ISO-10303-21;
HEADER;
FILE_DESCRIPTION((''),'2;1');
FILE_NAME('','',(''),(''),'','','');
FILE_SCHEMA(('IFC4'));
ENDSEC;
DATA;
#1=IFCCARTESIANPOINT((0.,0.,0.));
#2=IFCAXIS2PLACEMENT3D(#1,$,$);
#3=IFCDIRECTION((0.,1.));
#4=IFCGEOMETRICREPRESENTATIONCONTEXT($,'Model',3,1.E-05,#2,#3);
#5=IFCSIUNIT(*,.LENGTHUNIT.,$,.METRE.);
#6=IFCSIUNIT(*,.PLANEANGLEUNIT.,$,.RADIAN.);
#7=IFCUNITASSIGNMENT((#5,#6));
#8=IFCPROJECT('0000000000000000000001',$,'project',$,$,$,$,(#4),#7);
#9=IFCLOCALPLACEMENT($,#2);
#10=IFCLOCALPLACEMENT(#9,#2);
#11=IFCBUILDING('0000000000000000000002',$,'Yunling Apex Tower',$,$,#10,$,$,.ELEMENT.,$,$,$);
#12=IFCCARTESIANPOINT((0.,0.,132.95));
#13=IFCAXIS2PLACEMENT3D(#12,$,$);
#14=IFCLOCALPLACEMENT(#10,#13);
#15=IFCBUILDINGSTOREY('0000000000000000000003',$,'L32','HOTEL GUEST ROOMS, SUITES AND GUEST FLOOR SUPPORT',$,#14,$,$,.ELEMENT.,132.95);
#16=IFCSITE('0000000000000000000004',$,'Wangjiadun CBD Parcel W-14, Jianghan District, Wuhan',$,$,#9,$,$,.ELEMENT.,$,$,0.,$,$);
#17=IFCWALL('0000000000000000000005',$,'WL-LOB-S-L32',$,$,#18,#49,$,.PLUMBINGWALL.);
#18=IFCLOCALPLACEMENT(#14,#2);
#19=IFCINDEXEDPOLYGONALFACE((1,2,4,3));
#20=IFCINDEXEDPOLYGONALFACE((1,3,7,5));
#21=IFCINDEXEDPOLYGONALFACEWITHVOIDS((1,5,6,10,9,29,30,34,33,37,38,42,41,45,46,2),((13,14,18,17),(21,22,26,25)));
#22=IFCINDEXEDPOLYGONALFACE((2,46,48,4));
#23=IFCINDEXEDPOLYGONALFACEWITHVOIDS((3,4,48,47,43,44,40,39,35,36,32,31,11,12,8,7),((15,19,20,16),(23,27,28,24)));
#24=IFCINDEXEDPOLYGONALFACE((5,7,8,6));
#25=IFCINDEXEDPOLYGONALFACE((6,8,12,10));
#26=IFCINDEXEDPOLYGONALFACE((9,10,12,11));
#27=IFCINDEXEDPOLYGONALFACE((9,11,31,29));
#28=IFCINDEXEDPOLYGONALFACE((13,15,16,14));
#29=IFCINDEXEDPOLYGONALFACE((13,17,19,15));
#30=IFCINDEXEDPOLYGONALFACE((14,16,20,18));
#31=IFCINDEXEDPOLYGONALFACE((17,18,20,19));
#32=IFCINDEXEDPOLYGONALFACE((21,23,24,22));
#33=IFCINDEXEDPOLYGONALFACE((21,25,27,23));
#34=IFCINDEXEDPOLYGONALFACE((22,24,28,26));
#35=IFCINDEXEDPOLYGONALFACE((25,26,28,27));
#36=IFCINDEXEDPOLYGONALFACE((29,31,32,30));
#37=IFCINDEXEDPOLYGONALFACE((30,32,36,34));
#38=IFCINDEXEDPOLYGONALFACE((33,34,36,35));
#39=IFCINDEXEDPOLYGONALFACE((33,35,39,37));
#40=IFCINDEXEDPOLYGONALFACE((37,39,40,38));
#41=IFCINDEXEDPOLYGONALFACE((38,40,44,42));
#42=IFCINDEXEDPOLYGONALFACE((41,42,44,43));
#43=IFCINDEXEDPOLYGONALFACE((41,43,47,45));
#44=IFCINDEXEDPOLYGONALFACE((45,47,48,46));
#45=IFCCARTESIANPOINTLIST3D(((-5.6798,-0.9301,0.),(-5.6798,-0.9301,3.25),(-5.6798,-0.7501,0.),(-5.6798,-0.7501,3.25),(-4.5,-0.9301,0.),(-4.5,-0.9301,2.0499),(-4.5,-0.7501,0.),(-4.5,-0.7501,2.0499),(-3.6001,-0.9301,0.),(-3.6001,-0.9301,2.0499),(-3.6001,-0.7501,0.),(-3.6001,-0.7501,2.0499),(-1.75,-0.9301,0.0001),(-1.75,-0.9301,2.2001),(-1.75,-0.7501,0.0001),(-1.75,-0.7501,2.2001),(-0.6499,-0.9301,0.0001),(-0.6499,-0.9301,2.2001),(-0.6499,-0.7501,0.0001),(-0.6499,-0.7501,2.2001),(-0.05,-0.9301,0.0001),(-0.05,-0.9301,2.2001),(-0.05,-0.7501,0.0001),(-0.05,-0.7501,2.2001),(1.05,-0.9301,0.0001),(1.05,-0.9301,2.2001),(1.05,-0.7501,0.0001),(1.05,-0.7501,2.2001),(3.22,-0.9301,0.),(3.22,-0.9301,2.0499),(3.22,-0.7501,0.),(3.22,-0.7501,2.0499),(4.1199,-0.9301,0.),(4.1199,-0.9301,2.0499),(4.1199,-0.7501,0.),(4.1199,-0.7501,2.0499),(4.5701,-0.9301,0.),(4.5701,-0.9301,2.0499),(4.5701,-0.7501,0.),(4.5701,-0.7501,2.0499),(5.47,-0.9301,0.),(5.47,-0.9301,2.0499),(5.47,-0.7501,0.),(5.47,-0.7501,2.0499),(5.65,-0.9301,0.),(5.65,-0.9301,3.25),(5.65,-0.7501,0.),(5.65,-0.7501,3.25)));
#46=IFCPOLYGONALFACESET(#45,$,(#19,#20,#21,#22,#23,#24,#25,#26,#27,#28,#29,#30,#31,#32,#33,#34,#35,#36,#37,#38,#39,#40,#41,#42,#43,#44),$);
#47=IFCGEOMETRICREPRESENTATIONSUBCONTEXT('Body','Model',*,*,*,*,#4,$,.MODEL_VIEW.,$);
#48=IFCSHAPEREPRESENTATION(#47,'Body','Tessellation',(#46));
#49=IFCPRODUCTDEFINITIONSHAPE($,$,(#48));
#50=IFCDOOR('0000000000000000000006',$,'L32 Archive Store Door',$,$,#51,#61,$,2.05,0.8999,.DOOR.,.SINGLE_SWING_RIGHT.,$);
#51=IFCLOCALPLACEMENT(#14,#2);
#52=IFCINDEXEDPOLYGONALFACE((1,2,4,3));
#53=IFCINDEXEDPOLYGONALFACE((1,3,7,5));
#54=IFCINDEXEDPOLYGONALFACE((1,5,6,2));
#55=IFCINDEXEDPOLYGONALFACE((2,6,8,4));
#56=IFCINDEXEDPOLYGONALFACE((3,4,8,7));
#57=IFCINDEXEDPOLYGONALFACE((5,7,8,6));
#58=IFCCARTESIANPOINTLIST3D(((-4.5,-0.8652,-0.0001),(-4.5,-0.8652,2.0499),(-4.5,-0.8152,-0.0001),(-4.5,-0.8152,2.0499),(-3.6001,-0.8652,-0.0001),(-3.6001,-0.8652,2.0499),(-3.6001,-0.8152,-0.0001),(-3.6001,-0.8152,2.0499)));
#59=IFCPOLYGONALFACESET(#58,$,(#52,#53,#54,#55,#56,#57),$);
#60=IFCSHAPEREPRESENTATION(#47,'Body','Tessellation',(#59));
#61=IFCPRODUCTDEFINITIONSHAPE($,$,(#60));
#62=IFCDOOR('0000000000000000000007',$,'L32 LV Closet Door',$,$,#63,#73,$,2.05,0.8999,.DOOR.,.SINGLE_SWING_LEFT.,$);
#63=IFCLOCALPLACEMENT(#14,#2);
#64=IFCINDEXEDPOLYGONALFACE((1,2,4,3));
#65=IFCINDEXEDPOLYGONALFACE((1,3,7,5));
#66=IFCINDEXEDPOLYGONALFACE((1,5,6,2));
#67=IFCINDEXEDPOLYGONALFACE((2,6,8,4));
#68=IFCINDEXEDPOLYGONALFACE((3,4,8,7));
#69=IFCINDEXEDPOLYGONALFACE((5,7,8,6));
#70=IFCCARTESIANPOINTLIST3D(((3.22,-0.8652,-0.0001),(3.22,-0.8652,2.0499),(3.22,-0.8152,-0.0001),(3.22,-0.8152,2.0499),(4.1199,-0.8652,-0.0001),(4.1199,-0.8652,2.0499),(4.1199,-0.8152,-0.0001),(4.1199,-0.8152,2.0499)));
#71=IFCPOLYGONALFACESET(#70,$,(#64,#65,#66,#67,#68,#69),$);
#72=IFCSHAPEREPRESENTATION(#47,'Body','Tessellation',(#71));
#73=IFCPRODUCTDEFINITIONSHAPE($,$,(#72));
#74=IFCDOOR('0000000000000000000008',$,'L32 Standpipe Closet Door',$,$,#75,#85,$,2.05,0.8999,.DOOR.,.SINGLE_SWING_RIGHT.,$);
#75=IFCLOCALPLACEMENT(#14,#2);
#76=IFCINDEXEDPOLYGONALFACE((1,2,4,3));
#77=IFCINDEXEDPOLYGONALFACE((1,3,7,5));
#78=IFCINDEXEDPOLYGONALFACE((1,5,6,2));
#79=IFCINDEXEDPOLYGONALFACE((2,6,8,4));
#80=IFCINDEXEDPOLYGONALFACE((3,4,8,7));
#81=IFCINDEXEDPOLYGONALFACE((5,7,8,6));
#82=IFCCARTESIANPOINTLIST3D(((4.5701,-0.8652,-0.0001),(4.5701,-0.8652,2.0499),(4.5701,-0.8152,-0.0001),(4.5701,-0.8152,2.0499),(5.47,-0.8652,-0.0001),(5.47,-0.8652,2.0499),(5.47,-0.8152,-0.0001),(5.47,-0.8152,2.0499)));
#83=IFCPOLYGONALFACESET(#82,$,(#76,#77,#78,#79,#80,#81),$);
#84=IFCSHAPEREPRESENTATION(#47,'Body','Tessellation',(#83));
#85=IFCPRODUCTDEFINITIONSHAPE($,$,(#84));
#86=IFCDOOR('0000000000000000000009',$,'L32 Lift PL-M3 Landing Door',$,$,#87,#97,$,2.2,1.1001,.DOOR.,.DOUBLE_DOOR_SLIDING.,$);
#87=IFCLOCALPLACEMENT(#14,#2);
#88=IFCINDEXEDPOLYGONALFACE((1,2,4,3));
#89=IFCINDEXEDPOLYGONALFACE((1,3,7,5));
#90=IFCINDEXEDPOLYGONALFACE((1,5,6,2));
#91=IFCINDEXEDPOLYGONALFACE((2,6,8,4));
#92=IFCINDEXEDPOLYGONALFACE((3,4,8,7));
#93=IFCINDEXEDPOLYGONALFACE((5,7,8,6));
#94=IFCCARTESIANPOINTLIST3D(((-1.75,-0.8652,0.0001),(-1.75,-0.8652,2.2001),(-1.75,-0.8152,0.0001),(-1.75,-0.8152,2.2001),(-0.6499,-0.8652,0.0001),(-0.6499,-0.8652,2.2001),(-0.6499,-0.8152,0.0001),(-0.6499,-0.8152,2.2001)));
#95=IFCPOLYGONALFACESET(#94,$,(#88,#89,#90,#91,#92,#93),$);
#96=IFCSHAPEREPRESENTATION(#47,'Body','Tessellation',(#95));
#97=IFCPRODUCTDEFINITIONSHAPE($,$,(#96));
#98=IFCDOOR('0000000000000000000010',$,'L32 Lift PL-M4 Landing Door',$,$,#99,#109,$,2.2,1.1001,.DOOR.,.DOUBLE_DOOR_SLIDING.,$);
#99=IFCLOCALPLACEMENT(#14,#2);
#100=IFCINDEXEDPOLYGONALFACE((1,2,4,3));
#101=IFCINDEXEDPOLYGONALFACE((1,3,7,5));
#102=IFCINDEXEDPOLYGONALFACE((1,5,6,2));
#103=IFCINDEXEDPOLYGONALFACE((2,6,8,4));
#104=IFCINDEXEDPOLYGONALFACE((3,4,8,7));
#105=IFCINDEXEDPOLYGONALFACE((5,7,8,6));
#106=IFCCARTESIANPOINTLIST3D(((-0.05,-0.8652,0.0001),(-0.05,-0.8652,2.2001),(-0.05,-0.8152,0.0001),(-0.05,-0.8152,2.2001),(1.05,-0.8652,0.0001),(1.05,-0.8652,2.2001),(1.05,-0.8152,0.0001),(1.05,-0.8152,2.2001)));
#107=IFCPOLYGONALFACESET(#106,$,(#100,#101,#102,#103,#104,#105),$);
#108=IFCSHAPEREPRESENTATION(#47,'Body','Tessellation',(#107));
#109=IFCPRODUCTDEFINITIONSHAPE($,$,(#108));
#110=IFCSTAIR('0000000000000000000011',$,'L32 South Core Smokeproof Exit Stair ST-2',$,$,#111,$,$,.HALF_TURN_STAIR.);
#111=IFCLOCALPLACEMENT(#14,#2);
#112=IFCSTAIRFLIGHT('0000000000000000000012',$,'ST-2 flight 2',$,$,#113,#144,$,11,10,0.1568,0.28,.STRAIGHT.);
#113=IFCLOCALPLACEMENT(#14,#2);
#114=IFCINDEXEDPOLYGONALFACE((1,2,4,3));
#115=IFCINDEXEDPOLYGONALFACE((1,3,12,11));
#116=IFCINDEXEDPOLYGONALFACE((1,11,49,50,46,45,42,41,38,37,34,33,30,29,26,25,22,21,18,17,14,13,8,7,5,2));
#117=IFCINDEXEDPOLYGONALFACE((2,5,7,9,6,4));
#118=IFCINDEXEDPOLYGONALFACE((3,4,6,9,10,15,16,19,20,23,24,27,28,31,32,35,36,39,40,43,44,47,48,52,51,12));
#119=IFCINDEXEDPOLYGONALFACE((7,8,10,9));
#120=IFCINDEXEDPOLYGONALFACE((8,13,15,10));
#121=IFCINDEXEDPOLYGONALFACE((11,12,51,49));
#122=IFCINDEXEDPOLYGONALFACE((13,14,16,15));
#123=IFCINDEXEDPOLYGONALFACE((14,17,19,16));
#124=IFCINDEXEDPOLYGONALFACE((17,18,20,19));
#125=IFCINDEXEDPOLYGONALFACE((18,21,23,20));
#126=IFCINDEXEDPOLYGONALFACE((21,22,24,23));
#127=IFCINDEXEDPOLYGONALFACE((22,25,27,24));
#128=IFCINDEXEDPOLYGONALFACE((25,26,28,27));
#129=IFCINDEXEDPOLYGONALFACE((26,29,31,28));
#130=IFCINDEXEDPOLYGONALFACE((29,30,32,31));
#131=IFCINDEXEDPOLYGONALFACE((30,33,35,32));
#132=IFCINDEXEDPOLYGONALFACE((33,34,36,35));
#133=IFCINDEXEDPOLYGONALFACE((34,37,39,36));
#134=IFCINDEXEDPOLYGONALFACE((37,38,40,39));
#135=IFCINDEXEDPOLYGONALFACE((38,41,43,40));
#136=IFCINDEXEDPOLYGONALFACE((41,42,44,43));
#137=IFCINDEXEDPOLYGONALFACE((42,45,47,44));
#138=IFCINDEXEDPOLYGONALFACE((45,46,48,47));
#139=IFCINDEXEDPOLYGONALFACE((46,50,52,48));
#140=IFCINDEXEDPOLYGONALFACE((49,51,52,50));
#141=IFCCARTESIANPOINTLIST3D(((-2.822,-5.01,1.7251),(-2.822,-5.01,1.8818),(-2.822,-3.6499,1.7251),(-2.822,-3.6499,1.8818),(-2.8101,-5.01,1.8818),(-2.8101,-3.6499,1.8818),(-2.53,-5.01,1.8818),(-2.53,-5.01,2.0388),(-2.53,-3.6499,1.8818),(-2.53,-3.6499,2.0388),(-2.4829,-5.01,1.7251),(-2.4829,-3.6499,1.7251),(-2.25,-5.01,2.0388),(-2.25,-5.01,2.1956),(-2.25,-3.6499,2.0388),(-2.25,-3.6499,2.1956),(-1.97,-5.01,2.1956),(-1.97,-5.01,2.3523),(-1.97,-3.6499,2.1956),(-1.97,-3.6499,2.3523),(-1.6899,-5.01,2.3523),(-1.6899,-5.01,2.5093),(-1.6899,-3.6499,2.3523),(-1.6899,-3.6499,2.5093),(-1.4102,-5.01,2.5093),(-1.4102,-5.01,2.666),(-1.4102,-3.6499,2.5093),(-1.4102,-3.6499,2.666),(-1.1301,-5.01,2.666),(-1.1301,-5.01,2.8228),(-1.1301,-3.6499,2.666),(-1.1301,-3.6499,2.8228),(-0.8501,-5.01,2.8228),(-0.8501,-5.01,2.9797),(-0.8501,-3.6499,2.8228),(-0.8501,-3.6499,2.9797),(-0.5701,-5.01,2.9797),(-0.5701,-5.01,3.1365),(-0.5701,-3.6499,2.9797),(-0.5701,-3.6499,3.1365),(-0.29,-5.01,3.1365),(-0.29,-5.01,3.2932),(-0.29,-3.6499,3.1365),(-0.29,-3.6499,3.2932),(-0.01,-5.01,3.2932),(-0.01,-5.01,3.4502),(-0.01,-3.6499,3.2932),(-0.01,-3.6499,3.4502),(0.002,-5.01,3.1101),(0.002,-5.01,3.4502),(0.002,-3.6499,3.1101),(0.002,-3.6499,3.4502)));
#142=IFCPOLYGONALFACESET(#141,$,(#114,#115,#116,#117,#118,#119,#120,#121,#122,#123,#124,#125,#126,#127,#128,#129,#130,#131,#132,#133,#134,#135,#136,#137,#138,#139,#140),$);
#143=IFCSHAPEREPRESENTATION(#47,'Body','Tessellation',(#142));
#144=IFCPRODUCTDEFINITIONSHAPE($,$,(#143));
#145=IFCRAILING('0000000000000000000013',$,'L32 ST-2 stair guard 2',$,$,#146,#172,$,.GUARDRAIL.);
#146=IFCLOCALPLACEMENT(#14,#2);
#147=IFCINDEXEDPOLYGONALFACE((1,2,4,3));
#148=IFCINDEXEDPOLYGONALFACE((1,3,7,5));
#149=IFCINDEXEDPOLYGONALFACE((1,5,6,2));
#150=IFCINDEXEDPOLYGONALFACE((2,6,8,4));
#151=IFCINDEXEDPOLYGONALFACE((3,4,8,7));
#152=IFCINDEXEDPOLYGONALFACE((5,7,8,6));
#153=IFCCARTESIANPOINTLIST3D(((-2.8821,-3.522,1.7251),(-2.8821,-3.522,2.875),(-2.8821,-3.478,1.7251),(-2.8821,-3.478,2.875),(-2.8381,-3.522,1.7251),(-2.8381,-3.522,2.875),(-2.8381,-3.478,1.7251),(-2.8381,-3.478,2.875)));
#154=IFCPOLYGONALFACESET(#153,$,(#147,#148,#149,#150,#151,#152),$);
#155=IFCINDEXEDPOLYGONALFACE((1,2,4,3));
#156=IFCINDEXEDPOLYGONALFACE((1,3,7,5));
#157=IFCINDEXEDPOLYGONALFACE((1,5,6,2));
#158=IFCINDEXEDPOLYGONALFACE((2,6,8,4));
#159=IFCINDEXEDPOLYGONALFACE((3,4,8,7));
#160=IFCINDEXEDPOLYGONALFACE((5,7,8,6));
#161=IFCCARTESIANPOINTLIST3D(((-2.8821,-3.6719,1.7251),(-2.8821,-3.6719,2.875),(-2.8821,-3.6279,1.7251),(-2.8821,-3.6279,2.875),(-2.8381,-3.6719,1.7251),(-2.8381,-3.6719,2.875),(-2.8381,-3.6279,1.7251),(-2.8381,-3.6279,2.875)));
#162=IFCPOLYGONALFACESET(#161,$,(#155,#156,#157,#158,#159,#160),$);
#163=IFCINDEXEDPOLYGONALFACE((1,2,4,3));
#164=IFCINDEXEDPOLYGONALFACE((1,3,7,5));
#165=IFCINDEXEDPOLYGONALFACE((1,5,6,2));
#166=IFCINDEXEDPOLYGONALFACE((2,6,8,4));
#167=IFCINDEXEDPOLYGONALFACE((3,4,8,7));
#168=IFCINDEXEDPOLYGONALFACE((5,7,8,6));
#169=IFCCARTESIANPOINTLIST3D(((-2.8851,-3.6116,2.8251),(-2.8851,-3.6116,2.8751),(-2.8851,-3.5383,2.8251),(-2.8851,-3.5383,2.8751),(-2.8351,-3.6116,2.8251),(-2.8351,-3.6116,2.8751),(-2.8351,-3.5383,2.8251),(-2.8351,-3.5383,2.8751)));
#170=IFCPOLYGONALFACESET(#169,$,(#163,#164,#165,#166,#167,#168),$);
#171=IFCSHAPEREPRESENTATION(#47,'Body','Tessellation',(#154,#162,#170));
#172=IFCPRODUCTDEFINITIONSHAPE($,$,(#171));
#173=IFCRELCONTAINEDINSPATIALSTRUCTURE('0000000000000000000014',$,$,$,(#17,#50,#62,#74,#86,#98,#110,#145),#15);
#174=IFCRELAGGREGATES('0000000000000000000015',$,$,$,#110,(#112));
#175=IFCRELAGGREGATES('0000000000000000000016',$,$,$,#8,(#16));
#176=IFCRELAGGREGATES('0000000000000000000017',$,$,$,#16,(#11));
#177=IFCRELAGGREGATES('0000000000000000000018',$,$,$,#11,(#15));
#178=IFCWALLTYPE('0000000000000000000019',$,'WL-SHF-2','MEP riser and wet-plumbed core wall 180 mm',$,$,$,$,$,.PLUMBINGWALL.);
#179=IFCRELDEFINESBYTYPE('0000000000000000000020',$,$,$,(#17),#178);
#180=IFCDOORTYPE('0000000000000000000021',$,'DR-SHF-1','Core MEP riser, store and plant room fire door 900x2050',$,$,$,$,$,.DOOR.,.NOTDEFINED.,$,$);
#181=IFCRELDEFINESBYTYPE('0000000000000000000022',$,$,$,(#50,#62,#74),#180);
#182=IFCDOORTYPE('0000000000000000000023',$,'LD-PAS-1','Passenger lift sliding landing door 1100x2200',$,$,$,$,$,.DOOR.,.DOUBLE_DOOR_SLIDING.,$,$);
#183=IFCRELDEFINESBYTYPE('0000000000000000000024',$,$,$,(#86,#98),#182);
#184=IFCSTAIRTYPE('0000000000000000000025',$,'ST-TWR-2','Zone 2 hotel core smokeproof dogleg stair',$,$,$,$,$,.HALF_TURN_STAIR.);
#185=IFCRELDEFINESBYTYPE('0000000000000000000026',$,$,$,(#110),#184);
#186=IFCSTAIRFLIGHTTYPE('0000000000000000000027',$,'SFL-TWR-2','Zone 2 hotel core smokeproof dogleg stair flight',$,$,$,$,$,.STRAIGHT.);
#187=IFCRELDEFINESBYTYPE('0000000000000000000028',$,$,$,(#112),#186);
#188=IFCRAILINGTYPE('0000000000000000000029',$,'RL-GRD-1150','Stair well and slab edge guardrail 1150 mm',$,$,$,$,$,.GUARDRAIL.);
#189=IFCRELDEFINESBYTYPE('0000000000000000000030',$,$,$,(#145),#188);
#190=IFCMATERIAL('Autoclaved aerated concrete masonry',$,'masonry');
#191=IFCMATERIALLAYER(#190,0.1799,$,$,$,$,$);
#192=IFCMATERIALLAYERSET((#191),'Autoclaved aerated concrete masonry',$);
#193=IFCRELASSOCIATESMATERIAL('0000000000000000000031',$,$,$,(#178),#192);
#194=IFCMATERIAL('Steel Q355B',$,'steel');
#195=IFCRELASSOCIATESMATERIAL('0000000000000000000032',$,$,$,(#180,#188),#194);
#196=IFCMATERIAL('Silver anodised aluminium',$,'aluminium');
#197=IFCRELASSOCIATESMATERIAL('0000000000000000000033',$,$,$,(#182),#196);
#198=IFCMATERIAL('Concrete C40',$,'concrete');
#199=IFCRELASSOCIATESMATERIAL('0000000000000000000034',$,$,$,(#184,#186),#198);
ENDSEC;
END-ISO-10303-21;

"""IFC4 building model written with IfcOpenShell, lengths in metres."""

from ifc_helpers import new_model, si_unit, direction, frame, frame_2d, origin, origin_2d, place, context, subcontext, project, spatial, polyline, rectangle, outline, extrude, material, layer, layer_set, type_object, element, fill, aggregate, save


model = new_model("IFC4")

# Units and contexts
model_context = context("Model", 3, precision=1e-05, world=origin(), true_north=direction((0.0, 1.0)))
body_context = subcontext(model_context, "Body", "Model", "MODEL_VIEW")
ifc_project = project(units=[si_unit("LENGTHUNIT", "METRE"), si_unit("PLANEANGLEUNIT", "RADIAN")], contexts=[model_context])

# Site, building, storey
site_placement = place(None, origin())
site = spatial("IfcSite", under=ifc_project, at=site_placement, Name="Wangjiadun CBD Parcel W-14, Jianghan District, Wuhan", CompositionType="ELEMENT", RefElevation=0.0)
building_placement = place(site_placement, origin())
building = spatial("IfcBuilding", under=site, at=building_placement, Name="Yunling Apex Tower", CompositionType="ELEMENT")
storey_placement = place(building_placement, frame((0.0, 0.0, 132.95)))
storey = spatial("IfcBuildingStorey", under=building, at=storey_placement, Name="L32", Description="HOTEL GUEST ROOMS, SUITES AND GUEST FLOOR SUPPORT", CompositionType="ELEMENT", Elevation=132.95)

# Shared definitions
ifc_material_1 = material(Name="Steel Q355B", Category="steel")

# Shared definitions
ifc_material_2 = material(Name="Concrete C40", Category="concrete")

# Shared definitions
ifc_material_3 = material(Name="Autoclaved aerated concrete masonry", Category="masonry")

# Shared definitions
ifc_layer_1 = layer(ifc_material_3, 0.1799)
ifc_layer_set_1 = layer_set([ifc_layer_1], Name="Autoclaved aerated concrete masonry")
wall_type_1 = type_object("IfcWallType", Name="WL-SHF-2", Description="MEP riser and wet-plumbed core wall 180 mm", PredefinedType="PLUMBINGWALL", material=ifc_layer_set_1)

# Wall, openings, doors
wall_1_placement = place(storey_placement, frame((-5.6799, -0.8401, 0.0), z_axis=(0.0, 0.0, 1.0), x_axis=(1.0, 0.0, 0.0)))
wall_1 = element("IfcWall", 1, at=wall_1_placement, inside=storey, type_object=wall_type_1, Name="WL-LOB-S-L32", PredefinedType="PLUMBINGWALL", context=body_context, shape_type="SweptSolid", body=[
    extrude(rectangle(XDim=11.3298, YDim=0.1799, at=frame_2d((5.665, 0.0))), origin(), (0.0, 0.0, 1.0), 3.25),
])
opening_1_placement = place(wall_1_placement, frame((1.1799, 0.0, 0.0)))
opening_1 = element("IfcOpeningElement", 2, at=opening_1_placement, cuts=wall_1, PredefinedType="OPENING", context=body_context, shape_type="SweptSolid", body=[
    extrude(rectangle(XDim=0.8999, YDim=2.05, at=frame_2d((0.45, 1.0249))), frame((0.0, 0.1001, 0.0), z_axis=(0.0, -1.0, 0.0), x_axis=(1.0, 0.0, 0.0)), (0.0, 0.0, 1.0), 0.2),
])
opening_2_placement = place(wall_1_placement, frame((3.9299, 0.0, 0.0)))
opening_2 = element("IfcOpeningElement", 3, at=opening_2_placement, cuts=wall_1, PredefinedType="OPENING", context=body_context, shape_type="SweptSolid", body=[
    extrude(rectangle(XDim=1.1001, YDim=2.2, at=frame_2d((0.55, 1.1001))), frame((0.0, 0.1001, 0.0), z_axis=(0.0, -1.0, 0.0), x_axis=(1.0, 0.0, 0.0)), (0.0, 0.0, 1.0), 0.2),
])
opening_3_placement = place(wall_1_placement, frame((5.6299, 0.0, 0.0)))
opening_3 = element("IfcOpeningElement", 4, at=opening_3_placement, cuts=wall_1, PredefinedType="OPENING", context=body_context, shape_type="SweptSolid", body=[
    extrude(rectangle(XDim=1.1001, YDim=2.2, at=frame_2d((0.55, 1.1001))), frame((0.0, 0.1001, 0.0), z_axis=(0.0, -1.0, 0.0), x_axis=(1.0, 0.0, 0.0)), (0.0, 0.0, 1.0), 0.2),
])
opening_4_placement = place(wall_1_placement, frame((8.8999, 0.0, 0.0)))
opening_4 = element("IfcOpeningElement", 5, at=opening_4_placement, cuts=wall_1, PredefinedType="OPENING", context=body_context, shape_type="SweptSolid", body=[
    extrude(rectangle(XDim=0.8999, YDim=2.05, at=frame_2d((0.45, 1.0249))), frame((0.0, 0.1001, 0.0), z_axis=(0.0, -1.0, 0.0), x_axis=(1.0, 0.0, 0.0)), (0.0, 0.0, 1.0), 0.2),
])
opening_5_placement = place(wall_1_placement, frame((10.25, 0.0, 0.0)))
opening_5 = element("IfcOpeningElement", 6, at=opening_5_placement, cuts=wall_1, PredefinedType="OPENING", context=body_context, shape_type="SweptSolid", body=[
    extrude(rectangle(XDim=0.8999, YDim=2.05, at=frame_2d((0.45, 1.0249))), frame((0.0, 0.1001, 0.0), z_axis=(0.0, -1.0, 0.0), x_axis=(1.0, 0.0, 0.0)), (0.0, 0.0, 1.0), 0.2),
])
door_type_1 = type_object("IfcDoorType", Name="DR-SHF-1", Description="Core MEP riser, store and plant room fire door 900x2050", OperationType="NOTDEFINED", PredefinedType="DOOR", material=ifc_material_1)
door_1_placement = place(opening_1_placement, origin())
door_1 = element("IfcDoor", 7, at=door_1_placement, inside=storey, type_object=door_type_1, Name="L32 Archive Store Door", OperationType="SINGLE_SWING_RIGHT", OverallHeight=2.05, OverallWidth=0.8999, PredefinedType="DOOR", context=body_context, shape_type="SweptSolid", body=[
    extrude(rectangle(XDim=0.8999, YDim=2.05, at=frame_2d((0.45, 1.0249))), frame((0.0, 0.0249, 0.0), z_axis=(0.0, -1.0, 0.0), x_axis=(1.0, 0.0, 0.0)), (0.0, 0.0, 1.0), 0.05),
])
fill(opening_1, door_1)
door_2_placement = place(opening_4_placement, origin())
door_2 = element("IfcDoor", 8, at=door_2_placement, inside=storey, type_object=door_type_1, Name="L32 LV Closet Door", OperationType="SINGLE_SWING_LEFT", OverallHeight=2.05, OverallWidth=0.8999, PredefinedType="DOOR", context=body_context, shape_type="SweptSolid", body=[
    extrude(rectangle(XDim=0.8999, YDim=2.05, at=frame_2d((0.45, 1.0249))), frame((0.0, 0.0249, 0.0), z_axis=(0.0, -1.0, 0.0), x_axis=(1.0, 0.0, 0.0)), (0.0, 0.0, 1.0), 0.05),
])
fill(opening_4, door_2)
door_3_placement = place(opening_5_placement, origin())
door_3 = element("IfcDoor", 9, at=door_3_placement, inside=storey, type_object=door_type_1, Name="L32 Standpipe Closet Door", OperationType="SINGLE_SWING_RIGHT", OverallHeight=2.05, OverallWidth=0.8999, PredefinedType="DOOR", context=body_context, shape_type="SweptSolid", body=[
    extrude(rectangle(XDim=0.8999, YDim=2.05, at=frame_2d((0.45, 1.0249))), frame((0.0, 0.0249, 0.0), z_axis=(0.0, -1.0, 0.0), x_axis=(1.0, 0.0, 0.0)), (0.0, 0.0, 1.0), 0.05),
])
fill(opening_5, door_3)
ifc_material_4 = material(Name="Silver anodised aluminium", Category="aluminium")
door_type_2 = type_object("IfcDoorType", Name="LD-PAS-1", Description="Passenger lift sliding landing door 1100x2200", OperationType="DOUBLE_DOOR_SLIDING", PredefinedType="DOOR", material=ifc_material_4)
door_4_placement = place(opening_2_placement, origin())
door_4 = element("IfcDoor", 10, at=door_4_placement, inside=storey, type_object=door_type_2, Name="L32 Lift PL-M3 Landing Door", OperationType="DOUBLE_DOOR_SLIDING", OverallHeight=2.2, OverallWidth=1.1001, PredefinedType="DOOR", context=body_context, shape_type="SweptSolid", body=[
    extrude(rectangle(XDim=1.1001, YDim=2.2, at=frame_2d((0.55, 1.1001))), frame((0.0, 0.0249, 0.0), z_axis=(0.0, -1.0, 0.0), x_axis=(1.0, 0.0, 0.0)), (0.0, 0.0, 1.0), 0.05),
])
fill(opening_2, door_4)
door_5_placement = place(opening_3_placement, origin())
door_5 = element("IfcDoor", 11, at=door_5_placement, inside=storey, type_object=door_type_2, Name="L32 Lift PL-M4 Landing Door", OperationType="DOUBLE_DOOR_SLIDING", OverallHeight=2.2, OverallWidth=1.1001, PredefinedType="DOOR", context=body_context, shape_type="SweptSolid", body=[
    extrude(rectangle(XDim=1.1001, YDim=2.2, at=frame_2d((0.55, 1.1001))), frame((0.0, 0.0249, 0.0), z_axis=(0.0, -1.0, 0.0), x_axis=(1.0, 0.0, 0.0)), (0.0, 0.0, 1.0), 0.05),
])
fill(opening_3, door_5)

# Stair, stair flight
stair_type = type_object("IfcStairType", Name="ST-TWR-2", Description="Zone 2 hotel core smokeproof dogleg stair", PredefinedType="HALF_TURN_STAIR", material=ifc_material_2)
stair_placement = place(storey_placement, origin())
stair = element("IfcStair", 12, at=stair_placement, inside=storey, type_object=stair_type, Name="L32 South Core Smokeproof Exit Stair ST-2", PredefinedType="HALF_TURN_STAIR")
stair_flight_type = type_object("IfcStairFlightType", Name="SFL-TWR-2", Description="Zone 2 hotel core smokeproof dogleg stair flight", PredefinedType="STRAIGHT", material=ifc_material_2)
stair_flight_placement = place(storey_placement, frame((-2.8101, -4.3301, 1.7251), z_axis=(0.0, 0.0, 1.0), x_axis=(1.0, 0.0, 0.0)))
stair_flight = element("IfcStairFlight", 13, at=stair_flight_placement, type_object=stair_flight_type, Name="ST-2 flight 2", NumberOfRisers=11, NumberOfTreads=10, PredefinedType="STRAIGHT", RiserHeight=0.1568, TreadLength=0.28, context=body_context, shape_type="SweptSolid", body=[
    extrude(outline(polyline([(-0.012, 0.0), (-0.012, 0.1567), (0.0, 0.1567), (0.28, 0.1567), (0.28, 0.3137), (0.5601, 0.3137), (0.5601, 0.4705), (0.8401, 0.4705), (0.8401, 0.6272), (1.1201, 0.6272), (1.1201, 0.7842), (1.3999, 0.7842), (1.3999, 0.9409), (1.6799, 0.9409), (1.6799, 1.0977), (1.96, 1.0977), (1.96, 1.2546), (2.24, 1.2546), (2.24, 1.4114), (2.52, 1.4114), (2.52, 1.5681), (2.8, 1.5681), (2.8, 1.7251), (2.812, 1.7251), (2.812, 1.385), (0.3271, 0.0), (-0.012, 0.0)])), frame((0.0, 0.6802, 0.0), z_axis=(0.0, -1.0, 0.0), x_axis=(1.0, 0.0, 0.0)), (0.0, 0.0, 1.0), 1.3601),
])
aggregate(stair, [stair_flight])

# Railing
railing_type_1 = type_object("IfcRailingType", Name="RL-GRD-1150", Description="Stair well and slab edge guardrail 1150 mm", PredefinedType="GUARDRAIL", material=ifc_material_1)
railing_1_placement = place(storey_placement, frame((-2.8601, -3.5, 1.7251)))
element("IfcRailing", 14, at=railing_1_placement, inside=storey, type_object=railing_type_1, Name="L32 ST-2 stair guard 2", PredefinedType="GUARDRAIL", context=body_context, shape_type="SweptSolid", body=[
    extrude(rectangle(XDim=0.0439, YDim=0.0439, at=origin_2d()), origin(), (0.0, 0.0, 1.0), 1.1499),
    extrude(rectangle(XDim=0.0439, YDim=0.0439, at=origin_2d()), frame((0.0, -0.1499, 0.0)), (0.0, 0.0, 1.0), 1.1499),
    extrude(rectangle(XDim=0.05, YDim=0.05, at=origin_2d()), frame((0.0, -0.0383, 1.125), z_axis=(0.0, -1.0, 0.0), x_axis=(1.0, 0.0, 0.0)), (0.0, 0.0, 1.0), 0.0732),
])

save(model, "model.ifc")
